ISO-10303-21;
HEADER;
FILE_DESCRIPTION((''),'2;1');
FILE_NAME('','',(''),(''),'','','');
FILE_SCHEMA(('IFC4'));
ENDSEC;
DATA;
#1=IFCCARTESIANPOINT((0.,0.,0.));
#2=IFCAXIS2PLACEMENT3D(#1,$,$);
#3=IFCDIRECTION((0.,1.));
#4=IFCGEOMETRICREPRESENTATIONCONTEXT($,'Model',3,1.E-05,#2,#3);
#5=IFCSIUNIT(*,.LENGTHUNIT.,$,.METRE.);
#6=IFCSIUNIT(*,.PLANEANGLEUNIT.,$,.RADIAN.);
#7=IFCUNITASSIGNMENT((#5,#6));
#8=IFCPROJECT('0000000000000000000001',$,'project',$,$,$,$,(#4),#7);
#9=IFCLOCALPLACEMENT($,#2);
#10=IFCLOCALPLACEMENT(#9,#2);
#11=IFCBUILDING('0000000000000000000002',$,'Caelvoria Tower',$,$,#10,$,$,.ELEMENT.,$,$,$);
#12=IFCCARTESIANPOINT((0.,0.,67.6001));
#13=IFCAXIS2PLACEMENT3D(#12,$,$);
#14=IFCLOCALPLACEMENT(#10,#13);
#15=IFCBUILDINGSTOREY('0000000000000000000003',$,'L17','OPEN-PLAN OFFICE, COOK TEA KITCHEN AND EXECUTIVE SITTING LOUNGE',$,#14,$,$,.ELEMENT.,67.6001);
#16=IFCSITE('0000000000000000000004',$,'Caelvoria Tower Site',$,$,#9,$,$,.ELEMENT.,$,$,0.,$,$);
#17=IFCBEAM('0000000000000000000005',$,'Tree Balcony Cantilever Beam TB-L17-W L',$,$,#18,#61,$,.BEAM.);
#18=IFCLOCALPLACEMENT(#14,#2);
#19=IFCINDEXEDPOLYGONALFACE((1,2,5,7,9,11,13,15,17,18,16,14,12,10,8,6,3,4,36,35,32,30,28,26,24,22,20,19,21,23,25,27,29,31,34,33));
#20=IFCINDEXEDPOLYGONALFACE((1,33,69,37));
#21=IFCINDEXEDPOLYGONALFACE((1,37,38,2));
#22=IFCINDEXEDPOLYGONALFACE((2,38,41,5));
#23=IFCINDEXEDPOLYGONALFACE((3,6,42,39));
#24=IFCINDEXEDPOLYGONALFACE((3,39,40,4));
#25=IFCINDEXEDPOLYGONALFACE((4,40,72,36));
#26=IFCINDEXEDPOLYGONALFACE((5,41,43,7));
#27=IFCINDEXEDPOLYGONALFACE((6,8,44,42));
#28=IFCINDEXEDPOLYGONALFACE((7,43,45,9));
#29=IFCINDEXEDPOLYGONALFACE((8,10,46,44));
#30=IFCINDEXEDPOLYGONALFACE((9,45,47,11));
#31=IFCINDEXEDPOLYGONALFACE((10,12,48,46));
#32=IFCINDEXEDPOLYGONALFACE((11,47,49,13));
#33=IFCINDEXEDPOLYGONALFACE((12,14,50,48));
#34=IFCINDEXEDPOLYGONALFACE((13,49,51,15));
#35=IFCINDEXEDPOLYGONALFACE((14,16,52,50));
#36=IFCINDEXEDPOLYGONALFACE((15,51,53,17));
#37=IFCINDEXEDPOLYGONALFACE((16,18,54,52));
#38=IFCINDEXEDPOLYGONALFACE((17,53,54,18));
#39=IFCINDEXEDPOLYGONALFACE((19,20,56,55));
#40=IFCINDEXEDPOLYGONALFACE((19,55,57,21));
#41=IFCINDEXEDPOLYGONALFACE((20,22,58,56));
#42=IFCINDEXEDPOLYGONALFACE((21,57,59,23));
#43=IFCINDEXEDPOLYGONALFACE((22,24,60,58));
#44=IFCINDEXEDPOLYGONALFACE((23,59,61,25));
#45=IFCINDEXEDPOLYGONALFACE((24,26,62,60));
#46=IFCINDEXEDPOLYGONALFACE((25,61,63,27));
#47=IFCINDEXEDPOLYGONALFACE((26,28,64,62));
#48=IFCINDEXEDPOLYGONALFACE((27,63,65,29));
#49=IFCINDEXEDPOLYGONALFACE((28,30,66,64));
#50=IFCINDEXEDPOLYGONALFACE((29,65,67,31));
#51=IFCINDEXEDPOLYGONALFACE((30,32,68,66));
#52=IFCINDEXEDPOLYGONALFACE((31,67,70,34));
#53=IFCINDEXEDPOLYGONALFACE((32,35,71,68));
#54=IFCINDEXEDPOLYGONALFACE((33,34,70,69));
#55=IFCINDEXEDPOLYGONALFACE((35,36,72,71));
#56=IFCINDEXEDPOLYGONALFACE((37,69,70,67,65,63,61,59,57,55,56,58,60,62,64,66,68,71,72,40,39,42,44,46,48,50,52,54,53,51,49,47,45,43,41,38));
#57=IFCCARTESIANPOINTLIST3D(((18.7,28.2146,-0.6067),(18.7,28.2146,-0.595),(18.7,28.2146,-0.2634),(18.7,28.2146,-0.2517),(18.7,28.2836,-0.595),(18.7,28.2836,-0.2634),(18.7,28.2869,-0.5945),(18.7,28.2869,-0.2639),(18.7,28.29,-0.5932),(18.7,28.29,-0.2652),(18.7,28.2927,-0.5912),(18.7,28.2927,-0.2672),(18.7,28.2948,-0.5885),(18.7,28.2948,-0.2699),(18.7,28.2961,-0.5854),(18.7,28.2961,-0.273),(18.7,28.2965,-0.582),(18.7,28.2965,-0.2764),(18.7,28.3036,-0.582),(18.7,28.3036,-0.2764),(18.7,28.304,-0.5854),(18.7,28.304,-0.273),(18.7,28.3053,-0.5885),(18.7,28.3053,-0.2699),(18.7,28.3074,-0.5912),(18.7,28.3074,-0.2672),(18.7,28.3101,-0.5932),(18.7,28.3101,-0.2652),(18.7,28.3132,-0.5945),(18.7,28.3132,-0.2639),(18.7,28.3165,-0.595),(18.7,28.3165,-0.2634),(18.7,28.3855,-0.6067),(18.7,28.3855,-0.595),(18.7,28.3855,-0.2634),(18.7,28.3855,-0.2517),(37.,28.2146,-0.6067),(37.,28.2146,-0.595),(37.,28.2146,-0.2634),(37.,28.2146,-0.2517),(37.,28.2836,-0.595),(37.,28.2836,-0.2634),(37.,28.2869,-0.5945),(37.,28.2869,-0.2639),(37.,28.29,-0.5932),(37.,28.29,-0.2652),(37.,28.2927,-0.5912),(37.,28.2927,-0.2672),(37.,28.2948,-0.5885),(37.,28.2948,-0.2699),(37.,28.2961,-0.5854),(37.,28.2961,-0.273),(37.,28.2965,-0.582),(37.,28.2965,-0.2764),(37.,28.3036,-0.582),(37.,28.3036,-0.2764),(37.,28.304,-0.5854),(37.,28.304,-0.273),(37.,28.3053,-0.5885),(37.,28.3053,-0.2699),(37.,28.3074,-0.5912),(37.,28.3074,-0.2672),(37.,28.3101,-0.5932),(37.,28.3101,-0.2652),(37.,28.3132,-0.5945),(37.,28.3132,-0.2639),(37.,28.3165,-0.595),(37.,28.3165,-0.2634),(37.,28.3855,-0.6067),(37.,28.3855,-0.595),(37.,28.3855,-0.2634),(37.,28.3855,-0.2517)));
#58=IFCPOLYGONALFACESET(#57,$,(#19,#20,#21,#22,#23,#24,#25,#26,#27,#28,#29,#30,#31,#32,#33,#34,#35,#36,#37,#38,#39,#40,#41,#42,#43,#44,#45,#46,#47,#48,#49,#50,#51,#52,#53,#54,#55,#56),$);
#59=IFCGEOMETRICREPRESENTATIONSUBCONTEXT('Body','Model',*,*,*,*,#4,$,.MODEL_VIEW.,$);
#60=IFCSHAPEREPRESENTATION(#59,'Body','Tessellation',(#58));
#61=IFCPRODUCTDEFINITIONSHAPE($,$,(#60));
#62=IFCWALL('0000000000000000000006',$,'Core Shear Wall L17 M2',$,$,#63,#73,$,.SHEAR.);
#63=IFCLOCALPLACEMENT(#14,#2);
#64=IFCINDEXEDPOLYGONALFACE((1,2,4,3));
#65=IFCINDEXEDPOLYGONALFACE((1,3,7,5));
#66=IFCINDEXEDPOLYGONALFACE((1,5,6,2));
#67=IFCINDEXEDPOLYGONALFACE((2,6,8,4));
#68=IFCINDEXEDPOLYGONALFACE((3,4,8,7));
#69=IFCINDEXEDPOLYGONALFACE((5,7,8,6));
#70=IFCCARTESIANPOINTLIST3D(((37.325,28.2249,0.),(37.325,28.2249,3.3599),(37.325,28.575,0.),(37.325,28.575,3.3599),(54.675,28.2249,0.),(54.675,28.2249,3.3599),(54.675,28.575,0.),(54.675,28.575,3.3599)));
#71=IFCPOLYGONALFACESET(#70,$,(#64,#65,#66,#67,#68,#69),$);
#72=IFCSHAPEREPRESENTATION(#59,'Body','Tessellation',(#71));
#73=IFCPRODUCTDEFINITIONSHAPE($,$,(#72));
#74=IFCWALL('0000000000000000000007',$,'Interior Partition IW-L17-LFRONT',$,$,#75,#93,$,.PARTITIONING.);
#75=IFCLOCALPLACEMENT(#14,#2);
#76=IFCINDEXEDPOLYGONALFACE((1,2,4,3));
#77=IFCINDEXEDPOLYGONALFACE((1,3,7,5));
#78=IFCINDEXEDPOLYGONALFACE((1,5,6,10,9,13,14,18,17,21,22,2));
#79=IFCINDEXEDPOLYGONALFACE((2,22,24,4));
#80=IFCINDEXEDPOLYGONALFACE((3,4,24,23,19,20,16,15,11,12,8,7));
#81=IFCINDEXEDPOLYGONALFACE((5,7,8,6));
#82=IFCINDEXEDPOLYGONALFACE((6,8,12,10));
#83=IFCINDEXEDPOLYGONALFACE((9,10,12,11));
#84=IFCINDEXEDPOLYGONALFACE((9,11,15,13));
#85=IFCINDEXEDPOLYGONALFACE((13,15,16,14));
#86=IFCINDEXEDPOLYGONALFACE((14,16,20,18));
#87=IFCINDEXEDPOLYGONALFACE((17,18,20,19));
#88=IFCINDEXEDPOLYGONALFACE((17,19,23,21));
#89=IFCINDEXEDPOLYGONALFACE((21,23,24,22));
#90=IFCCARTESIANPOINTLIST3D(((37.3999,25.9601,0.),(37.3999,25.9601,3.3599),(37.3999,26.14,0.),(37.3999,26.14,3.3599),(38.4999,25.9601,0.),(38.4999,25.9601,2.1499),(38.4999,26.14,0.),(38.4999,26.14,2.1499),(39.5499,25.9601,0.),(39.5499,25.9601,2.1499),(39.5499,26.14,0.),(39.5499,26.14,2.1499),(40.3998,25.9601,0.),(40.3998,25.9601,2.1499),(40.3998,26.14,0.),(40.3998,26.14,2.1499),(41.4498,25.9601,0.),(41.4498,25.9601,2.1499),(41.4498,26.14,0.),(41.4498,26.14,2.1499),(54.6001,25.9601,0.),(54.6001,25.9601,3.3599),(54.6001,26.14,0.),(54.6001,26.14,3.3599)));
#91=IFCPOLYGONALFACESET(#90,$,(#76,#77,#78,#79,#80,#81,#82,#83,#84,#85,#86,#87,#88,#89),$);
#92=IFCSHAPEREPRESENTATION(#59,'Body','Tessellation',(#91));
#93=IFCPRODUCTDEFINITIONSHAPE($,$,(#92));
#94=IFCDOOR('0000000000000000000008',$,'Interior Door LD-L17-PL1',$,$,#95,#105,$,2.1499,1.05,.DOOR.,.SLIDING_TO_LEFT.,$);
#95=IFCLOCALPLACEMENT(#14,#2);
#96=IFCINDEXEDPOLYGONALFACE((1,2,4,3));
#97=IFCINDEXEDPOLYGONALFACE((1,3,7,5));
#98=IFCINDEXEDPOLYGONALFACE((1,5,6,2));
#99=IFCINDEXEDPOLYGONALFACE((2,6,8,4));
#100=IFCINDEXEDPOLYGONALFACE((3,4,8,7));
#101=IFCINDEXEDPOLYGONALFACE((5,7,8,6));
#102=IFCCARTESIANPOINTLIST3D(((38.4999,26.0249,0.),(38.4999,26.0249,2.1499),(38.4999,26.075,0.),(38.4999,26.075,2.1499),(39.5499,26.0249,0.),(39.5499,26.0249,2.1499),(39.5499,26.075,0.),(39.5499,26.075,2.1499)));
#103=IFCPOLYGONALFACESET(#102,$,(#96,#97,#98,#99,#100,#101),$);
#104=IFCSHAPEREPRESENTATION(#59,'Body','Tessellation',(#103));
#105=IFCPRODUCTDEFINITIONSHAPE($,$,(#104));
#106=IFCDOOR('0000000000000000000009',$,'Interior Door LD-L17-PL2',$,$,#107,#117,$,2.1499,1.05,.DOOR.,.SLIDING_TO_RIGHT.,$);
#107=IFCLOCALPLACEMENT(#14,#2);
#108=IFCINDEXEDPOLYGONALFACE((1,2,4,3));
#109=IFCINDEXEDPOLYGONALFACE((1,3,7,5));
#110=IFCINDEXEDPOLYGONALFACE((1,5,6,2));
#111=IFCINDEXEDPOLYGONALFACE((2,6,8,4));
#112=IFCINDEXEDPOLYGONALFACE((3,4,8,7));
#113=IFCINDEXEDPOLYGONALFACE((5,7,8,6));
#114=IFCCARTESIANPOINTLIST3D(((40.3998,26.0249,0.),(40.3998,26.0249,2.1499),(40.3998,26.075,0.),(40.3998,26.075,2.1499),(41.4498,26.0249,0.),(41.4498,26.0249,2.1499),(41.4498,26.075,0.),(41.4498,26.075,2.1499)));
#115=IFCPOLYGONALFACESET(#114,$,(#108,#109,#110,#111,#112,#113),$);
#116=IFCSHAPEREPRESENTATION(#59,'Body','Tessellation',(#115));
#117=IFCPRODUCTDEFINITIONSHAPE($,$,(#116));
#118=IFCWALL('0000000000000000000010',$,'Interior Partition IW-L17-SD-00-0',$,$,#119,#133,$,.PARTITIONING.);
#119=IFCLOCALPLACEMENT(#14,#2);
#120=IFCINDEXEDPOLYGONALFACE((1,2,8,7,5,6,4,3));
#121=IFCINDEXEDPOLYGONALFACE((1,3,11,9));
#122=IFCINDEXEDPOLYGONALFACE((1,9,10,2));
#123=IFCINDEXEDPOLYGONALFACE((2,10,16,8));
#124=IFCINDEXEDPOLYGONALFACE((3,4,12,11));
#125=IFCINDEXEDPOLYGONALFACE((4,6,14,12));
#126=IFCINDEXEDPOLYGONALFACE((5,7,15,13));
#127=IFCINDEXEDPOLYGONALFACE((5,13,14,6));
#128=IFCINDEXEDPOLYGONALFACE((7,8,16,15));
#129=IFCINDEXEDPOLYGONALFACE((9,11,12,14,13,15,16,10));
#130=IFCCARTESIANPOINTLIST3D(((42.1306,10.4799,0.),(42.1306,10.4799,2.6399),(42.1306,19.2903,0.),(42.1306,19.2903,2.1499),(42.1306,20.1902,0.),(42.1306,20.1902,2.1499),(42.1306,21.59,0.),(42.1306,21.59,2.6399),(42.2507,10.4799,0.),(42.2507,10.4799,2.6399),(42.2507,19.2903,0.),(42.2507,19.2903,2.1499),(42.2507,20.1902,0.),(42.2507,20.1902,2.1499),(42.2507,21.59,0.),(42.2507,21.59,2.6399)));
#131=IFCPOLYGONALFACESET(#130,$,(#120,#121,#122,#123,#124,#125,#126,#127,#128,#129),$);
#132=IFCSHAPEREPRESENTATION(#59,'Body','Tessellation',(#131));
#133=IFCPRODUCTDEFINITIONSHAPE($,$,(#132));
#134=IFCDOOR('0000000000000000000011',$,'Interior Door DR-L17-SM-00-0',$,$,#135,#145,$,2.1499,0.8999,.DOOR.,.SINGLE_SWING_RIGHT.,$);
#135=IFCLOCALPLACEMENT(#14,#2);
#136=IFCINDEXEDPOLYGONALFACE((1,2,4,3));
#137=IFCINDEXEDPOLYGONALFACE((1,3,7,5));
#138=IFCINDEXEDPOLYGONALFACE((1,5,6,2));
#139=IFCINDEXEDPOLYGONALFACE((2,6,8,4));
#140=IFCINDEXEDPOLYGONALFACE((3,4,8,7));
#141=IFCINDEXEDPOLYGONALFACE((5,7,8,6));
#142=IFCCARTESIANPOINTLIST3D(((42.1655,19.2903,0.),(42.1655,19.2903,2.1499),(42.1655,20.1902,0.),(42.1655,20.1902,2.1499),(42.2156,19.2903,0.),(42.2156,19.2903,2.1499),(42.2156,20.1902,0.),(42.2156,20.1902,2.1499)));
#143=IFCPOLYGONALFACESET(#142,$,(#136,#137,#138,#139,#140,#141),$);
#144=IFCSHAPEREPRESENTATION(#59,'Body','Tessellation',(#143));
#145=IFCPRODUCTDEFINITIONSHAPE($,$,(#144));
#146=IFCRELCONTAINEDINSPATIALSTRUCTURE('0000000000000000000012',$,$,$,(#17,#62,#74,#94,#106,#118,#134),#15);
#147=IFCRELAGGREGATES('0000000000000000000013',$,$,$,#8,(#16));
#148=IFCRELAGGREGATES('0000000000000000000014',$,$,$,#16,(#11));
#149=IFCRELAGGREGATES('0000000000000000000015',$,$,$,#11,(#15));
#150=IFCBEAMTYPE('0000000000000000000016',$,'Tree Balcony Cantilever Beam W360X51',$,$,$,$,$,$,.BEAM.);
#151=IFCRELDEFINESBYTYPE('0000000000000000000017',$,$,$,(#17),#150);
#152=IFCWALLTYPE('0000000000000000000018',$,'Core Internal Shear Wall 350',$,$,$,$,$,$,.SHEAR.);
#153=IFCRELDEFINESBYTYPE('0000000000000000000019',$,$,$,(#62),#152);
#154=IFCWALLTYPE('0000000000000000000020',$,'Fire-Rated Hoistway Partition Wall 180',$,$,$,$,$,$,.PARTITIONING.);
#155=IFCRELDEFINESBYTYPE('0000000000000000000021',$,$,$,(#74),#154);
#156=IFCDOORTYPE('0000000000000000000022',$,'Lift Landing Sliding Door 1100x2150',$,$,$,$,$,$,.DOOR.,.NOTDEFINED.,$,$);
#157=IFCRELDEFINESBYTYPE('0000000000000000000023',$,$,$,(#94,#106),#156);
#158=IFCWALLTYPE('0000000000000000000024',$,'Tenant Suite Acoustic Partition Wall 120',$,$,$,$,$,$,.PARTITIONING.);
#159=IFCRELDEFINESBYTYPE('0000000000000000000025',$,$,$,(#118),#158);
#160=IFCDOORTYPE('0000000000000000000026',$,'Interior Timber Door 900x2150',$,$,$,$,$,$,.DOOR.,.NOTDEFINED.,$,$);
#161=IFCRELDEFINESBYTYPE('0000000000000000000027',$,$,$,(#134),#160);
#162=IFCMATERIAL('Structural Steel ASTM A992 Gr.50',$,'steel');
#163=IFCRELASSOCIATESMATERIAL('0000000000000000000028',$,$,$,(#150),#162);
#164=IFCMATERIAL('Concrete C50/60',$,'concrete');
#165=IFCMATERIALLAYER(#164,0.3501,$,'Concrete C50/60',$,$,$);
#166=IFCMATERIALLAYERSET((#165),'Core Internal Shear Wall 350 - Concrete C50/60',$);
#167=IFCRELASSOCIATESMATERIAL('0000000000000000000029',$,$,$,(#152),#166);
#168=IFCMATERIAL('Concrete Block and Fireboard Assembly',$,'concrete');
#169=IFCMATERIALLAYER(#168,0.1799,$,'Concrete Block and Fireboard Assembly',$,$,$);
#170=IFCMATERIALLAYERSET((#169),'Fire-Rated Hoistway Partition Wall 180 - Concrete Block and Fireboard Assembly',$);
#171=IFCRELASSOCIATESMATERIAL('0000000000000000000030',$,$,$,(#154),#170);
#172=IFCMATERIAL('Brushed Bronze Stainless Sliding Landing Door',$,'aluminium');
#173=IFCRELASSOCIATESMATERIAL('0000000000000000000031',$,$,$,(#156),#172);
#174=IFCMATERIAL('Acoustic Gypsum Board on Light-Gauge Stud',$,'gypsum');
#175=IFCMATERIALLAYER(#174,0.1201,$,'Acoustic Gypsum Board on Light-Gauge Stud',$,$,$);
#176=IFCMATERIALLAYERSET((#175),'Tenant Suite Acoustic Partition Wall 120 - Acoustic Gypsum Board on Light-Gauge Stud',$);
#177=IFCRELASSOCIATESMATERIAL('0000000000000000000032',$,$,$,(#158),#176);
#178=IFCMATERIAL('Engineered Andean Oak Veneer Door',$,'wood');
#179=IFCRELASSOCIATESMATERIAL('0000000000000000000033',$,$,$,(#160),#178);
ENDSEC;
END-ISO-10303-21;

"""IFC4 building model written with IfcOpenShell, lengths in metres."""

from ifc_helpers import new_model, si_unit, direction, frame, frame_2d, origin, origin_2d, place, context, subcontext, project, spatial, rectangle, i_section, extrude, material, layer, layer_set, material_profile, profile_set, type_object, element, fill, save


model = new_model("IFC4")

# Units and contexts
model_context = context("Model", 3, precision=1e-05, world=origin(), true_north=direction((0.0, 1.0)))
body_context = subcontext(model_context, "Body", "Model", "MODEL_VIEW")
ifc_project = project(units=[si_unit("LENGTHUNIT", "METRE"), si_unit("PLANEANGLEUNIT", "RADIAN")], contexts=[model_context])

# Site, building, storey
site_placement = place(None, origin())
site = spatial("IfcSite", under=ifc_project, at=site_placement, Name="Caelvoria Tower Site", CompositionType="ELEMENT", RefElevation=0.0)
building_placement = place(site_placement, origin())
building = spatial("IfcBuilding", under=site, at=building_placement, Name="Caelvoria Tower", CompositionType="ELEMENT")
storey_placement = place(building_placement, frame((0.0, 0.0, 67.6001)))
storey = spatial("IfcBuildingStorey", under=building, at=storey_placement, Name="L17", Description="OPEN-PLAN OFFICE, COOK TEA KITCHEN AND EXECUTIVE SITTING LOUNGE", CompositionType="ELEMENT", Elevation=67.6001)

# Beam
ifc_material_1 = material(Name="Structural Steel ASTM A992 Gr.50", Category="steel")
ifc_material_profile_1 = material_profile(ifc_material_1, i_section(OverallWidth=0.1709, OverallDepth=0.355, WebThickness=0.0071, FlangeThickness=0.0117, FilletRadius=0.0129, at=origin_2d()), Name="Structural Steel ASTM A992 Gr.50")
ifc_profile_set_1 = profile_set([ifc_material_profile_1], Name="W360X51 - Structural Steel ASTM A992 Gr.50")
beam_type_1 = type_object("IfcBeamType", Name="Tree Balcony Cantilever Beam W360X51", PredefinedType="BEAM", material=ifc_profile_set_1)
beam_1_placement = place(storey_placement, frame((37.0, 28.3, -0.4292), z_axis=(-1.0, 0.0, 0.0), x_axis=(0.0, -1.0, 0.0)))
element("IfcBeam", 1, at=beam_1_placement, inside=storey, type_object=beam_type_1, Name="Tree Balcony Cantilever Beam TB-L17-W L", PredefinedType="BEAM", context=body_context, shape_type="SweptSolid", body=[
    extrude(i_section(OverallWidth=0.1709, OverallDepth=0.355, WebThickness=0.0071, FlangeThickness=0.0117, FilletRadius=0.0129, at=origin_2d()), origin(), (0.0, 0.0, 1.0), 18.3),
])

# Wall
ifc_material_2 = material(Name="Concrete C50/60", Category="concrete")
ifc_layer_1 = layer(ifc_material_2, 0.3501, Name="Concrete C50/60")
ifc_layer_set_1 = layer_set([ifc_layer_1], Name="Core Internal Shear Wall 350 - Concrete C50/60")
wall_type_1 = type_object("IfcWallType", Name="Core Internal Shear Wall 350", PredefinedType="SHEAR", material=ifc_layer_set_1)
wall_1_placement = place(storey_placement, frame((37.325, 28.3999, 0.0), z_axis=(0.0, 0.0, 1.0), x_axis=(1.0, 0.0, 0.0)))
element("IfcWall", 2, at=wall_1_placement, inside=storey, type_object=wall_type_1, Name="Core Shear Wall L17 M2", PredefinedType="SHEAR", context=body_context, shape_type="SweptSolid", body=[
    extrude(rectangle(XDim=17.3501, YDim=0.3501, at=frame_2d((8.675, 0.0))), origin(), (0.0, 0.0, 1.0), 3.3599),
])

# Wall, openings, doors
ifc_material_3 = material(Name="Concrete Block and Fireboard Assembly", Category="concrete")
ifc_layer_2 = layer(ifc_material_3, 0.1799, Name="Concrete Block and Fireboard Assembly")
ifc_layer_set_2 = layer_set([ifc_layer_2], Name="Fire-Rated Hoistway Partition Wall 180 - Concrete Block and Fireboard Assembly")
wall_type_2 = type_object("IfcWallType", Name="Fire-Rated Hoistway Partition Wall 180", PredefinedType="PARTITIONING", material=ifc_layer_set_2)
wall_2_placement = place(storey_placement, frame((37.3999, 26.05, 0.0), z_axis=(0.0, 0.0, 1.0), x_axis=(1.0, 0.0, 0.0)))
wall_2 = element("IfcWall", 3, at=wall_2_placement, inside=storey, type_object=wall_type_2, Name="Interior Partition IW-L17-LFRONT", PredefinedType="PARTITIONING", context=body_context, shape_type="SweptSolid", body=[
    extrude(rectangle(XDim=17.2002, YDim=0.1799, at=frame_2d((8.6001, 0.0))), origin(), (0.0, 0.0, 1.0), 3.3599),
])
opening_1_placement = place(wall_2_placement, frame((1.1001, 0.0, 0.0)))
opening_1 = element("IfcOpeningElement", 4, at=opening_1_placement, cuts=wall_2, PredefinedType="OPENING", context=body_context, shape_type="SweptSolid", body=[
    extrude(rectangle(XDim=1.05, YDim=2.1499, at=frame_2d((0.5249, 1.075))), frame((0.0, 0.0999, 0.0), z_axis=(0.0, -1.0, 0.0), x_axis=(1.0, 0.0, 0.0)), (0.0, 0.0, 1.0), 0.2),
])
opening_2_placement = place(wall_2_placement, frame((3.0, 0.0, 0.0)))
opening_2 = element("IfcOpeningElement", 5, at=opening_2_placement, cuts=wall_2, PredefinedType="OPENING", context=body_context, shape_type="SweptSolid", body=[
    extrude(rectangle(XDim=1.05, YDim=2.1499, at=frame_2d((0.5249, 1.075))), frame((0.0, 0.0999, 0.0), z_axis=(0.0, -1.0, 0.0), x_axis=(1.0, 0.0, 0.0)), (0.0, 0.0, 1.0), 0.2),
])
ifc_material_4 = material(Name="Brushed Bronze Stainless Sliding Landing Door", Category="aluminium")
door_type_1 = type_object("IfcDoorType", Name="Lift Landing Sliding Door 1100x2150", OperationType="NOTDEFINED", PredefinedType="DOOR", material=ifc_material_4)
door_1_placement = place(opening_1_placement, origin())
door_1 = element("IfcDoor", 6, at=door_1_placement, inside=storey, type_object=door_type_1, Name="Interior Door LD-L17-PL1", OperationType="SLIDING_TO_LEFT", OverallHeight=2.1499, OverallWidth=1.05, PredefinedType="DOOR", context=body_context, shape_type="SweptSolid", body=[
    extrude(rectangle(XDim=1.05, YDim=2.1499, at=frame_2d((0.5249, 1.075))), frame((0.0, 0.0249, 0.0), z_axis=(0.0, -1.0, 0.0), x_axis=(1.0, 0.0, 0.0)), (0.0, 0.0, 1.0), 0.05),
])
fill(opening_1, door_1)
door_2_placement = place(opening_2_placement, origin())
door_2 = element("IfcDoor", 7, at=door_2_placement, inside=storey, type_object=door_type_1, Name="Interior Door LD-L17-PL2", OperationType="SLIDING_TO_RIGHT", OverallHeight=2.1499, OverallWidth=1.05, PredefinedType="DOOR", context=body_context, shape_type="SweptSolid", body=[
    extrude(rectangle(XDim=1.05, YDim=2.1499, at=frame_2d((0.5249, 1.075))), frame((0.0, 0.0249, 0.0), z_axis=(0.0, -1.0, 0.0), x_axis=(1.0, 0.0, 0.0)), (0.0, 0.0, 1.0), 0.05),
])
fill(opening_2, door_2)

# Wall, opening, door
ifc_material_5 = material(Name="Acoustic Gypsum Board on Light-Gauge Stud", Category="gypsum")
ifc_layer_3 = layer(ifc_material_5, 0.1201, Name="Acoustic Gypsum Board on Light-Gauge Stud")
ifc_layer_set_3 = layer_set([ifc_layer_3], Name="Tenant Suite Acoustic Partition Wall 120 - Acoustic Gypsum Board on Light-Gauge Stud")
wall_type_3 = type_object("IfcWallType", Name="Tenant Suite Acoustic Partition Wall 120", PredefinedType="PARTITIONING", material=ifc_layer_set_3)
wall_3_placement = place(storey_placement, frame((42.1907, 21.5901, 0.0), z_axis=(0.0, 0.0, 1.0), x_axis=(0.0, -1.0, 0.0)))
wall_3 = element("IfcWall", 8, at=wall_3_placement, inside=storey, type_object=wall_type_3, Name="Interior Partition IW-L17-SD-00-0", PredefinedType="PARTITIONING", context=body_context, shape_type="SweptSolid", body=[
    extrude(rectangle(XDim=11.1101, YDim=0.1201, at=frame_2d((5.5552, 0.0))), origin(), (0.0, 0.0, 1.0), 2.6399),
])
opening_3_placement = place(wall_3_placement, frame((1.3999, 0.0, 0.0)))
opening_3 = element("IfcOpeningElement", 9, at=opening_3_placement, cuts=wall_3, PredefinedType="OPENING", context=body_context, shape_type="SweptSolid", body=[
    extrude(rectangle(XDim=0.8999, YDim=2.1499, at=frame_2d((0.45, 1.075))), frame((0.0, 0.0701, 0.0), z_axis=(0.0, -1.0, 0.0), x_axis=(1.0, 0.0, 0.0)), (0.0, 0.0, 1.0), 0.1401),
])
ifc_material_6 = material(Name="Engineered Andean Oak Veneer Door", Category="wood")
door_type_2 = type_object("IfcDoorType", Name="Interior Timber Door 900x2150", OperationType="NOTDEFINED", PredefinedType="DOOR", material=ifc_material_6)
door_3_placement = place(opening_3_placement, origin())
door_3 = element("IfcDoor", 10, at=door_3_placement, inside=storey, type_object=door_type_2, Name="Interior Door DR-L17-SM-00-0", OperationType="SINGLE_SWING_RIGHT", OverallHeight=2.1499, OverallWidth=0.8999, PredefinedType="DOOR", context=body_context, shape_type="SweptSolid", body=[
    extrude(rectangle(XDim=0.8999, YDim=2.1499, at=frame_2d((0.45, 1.075))), frame((0.0, 0.0249, 0.0), z_axis=(0.0, -1.0, 0.0), x_axis=(1.0, 0.0, 0.0)), (0.0, 0.0, 1.0), 0.05),
])
fill(opening_3, door_3)

save(model, "model.ifc")
